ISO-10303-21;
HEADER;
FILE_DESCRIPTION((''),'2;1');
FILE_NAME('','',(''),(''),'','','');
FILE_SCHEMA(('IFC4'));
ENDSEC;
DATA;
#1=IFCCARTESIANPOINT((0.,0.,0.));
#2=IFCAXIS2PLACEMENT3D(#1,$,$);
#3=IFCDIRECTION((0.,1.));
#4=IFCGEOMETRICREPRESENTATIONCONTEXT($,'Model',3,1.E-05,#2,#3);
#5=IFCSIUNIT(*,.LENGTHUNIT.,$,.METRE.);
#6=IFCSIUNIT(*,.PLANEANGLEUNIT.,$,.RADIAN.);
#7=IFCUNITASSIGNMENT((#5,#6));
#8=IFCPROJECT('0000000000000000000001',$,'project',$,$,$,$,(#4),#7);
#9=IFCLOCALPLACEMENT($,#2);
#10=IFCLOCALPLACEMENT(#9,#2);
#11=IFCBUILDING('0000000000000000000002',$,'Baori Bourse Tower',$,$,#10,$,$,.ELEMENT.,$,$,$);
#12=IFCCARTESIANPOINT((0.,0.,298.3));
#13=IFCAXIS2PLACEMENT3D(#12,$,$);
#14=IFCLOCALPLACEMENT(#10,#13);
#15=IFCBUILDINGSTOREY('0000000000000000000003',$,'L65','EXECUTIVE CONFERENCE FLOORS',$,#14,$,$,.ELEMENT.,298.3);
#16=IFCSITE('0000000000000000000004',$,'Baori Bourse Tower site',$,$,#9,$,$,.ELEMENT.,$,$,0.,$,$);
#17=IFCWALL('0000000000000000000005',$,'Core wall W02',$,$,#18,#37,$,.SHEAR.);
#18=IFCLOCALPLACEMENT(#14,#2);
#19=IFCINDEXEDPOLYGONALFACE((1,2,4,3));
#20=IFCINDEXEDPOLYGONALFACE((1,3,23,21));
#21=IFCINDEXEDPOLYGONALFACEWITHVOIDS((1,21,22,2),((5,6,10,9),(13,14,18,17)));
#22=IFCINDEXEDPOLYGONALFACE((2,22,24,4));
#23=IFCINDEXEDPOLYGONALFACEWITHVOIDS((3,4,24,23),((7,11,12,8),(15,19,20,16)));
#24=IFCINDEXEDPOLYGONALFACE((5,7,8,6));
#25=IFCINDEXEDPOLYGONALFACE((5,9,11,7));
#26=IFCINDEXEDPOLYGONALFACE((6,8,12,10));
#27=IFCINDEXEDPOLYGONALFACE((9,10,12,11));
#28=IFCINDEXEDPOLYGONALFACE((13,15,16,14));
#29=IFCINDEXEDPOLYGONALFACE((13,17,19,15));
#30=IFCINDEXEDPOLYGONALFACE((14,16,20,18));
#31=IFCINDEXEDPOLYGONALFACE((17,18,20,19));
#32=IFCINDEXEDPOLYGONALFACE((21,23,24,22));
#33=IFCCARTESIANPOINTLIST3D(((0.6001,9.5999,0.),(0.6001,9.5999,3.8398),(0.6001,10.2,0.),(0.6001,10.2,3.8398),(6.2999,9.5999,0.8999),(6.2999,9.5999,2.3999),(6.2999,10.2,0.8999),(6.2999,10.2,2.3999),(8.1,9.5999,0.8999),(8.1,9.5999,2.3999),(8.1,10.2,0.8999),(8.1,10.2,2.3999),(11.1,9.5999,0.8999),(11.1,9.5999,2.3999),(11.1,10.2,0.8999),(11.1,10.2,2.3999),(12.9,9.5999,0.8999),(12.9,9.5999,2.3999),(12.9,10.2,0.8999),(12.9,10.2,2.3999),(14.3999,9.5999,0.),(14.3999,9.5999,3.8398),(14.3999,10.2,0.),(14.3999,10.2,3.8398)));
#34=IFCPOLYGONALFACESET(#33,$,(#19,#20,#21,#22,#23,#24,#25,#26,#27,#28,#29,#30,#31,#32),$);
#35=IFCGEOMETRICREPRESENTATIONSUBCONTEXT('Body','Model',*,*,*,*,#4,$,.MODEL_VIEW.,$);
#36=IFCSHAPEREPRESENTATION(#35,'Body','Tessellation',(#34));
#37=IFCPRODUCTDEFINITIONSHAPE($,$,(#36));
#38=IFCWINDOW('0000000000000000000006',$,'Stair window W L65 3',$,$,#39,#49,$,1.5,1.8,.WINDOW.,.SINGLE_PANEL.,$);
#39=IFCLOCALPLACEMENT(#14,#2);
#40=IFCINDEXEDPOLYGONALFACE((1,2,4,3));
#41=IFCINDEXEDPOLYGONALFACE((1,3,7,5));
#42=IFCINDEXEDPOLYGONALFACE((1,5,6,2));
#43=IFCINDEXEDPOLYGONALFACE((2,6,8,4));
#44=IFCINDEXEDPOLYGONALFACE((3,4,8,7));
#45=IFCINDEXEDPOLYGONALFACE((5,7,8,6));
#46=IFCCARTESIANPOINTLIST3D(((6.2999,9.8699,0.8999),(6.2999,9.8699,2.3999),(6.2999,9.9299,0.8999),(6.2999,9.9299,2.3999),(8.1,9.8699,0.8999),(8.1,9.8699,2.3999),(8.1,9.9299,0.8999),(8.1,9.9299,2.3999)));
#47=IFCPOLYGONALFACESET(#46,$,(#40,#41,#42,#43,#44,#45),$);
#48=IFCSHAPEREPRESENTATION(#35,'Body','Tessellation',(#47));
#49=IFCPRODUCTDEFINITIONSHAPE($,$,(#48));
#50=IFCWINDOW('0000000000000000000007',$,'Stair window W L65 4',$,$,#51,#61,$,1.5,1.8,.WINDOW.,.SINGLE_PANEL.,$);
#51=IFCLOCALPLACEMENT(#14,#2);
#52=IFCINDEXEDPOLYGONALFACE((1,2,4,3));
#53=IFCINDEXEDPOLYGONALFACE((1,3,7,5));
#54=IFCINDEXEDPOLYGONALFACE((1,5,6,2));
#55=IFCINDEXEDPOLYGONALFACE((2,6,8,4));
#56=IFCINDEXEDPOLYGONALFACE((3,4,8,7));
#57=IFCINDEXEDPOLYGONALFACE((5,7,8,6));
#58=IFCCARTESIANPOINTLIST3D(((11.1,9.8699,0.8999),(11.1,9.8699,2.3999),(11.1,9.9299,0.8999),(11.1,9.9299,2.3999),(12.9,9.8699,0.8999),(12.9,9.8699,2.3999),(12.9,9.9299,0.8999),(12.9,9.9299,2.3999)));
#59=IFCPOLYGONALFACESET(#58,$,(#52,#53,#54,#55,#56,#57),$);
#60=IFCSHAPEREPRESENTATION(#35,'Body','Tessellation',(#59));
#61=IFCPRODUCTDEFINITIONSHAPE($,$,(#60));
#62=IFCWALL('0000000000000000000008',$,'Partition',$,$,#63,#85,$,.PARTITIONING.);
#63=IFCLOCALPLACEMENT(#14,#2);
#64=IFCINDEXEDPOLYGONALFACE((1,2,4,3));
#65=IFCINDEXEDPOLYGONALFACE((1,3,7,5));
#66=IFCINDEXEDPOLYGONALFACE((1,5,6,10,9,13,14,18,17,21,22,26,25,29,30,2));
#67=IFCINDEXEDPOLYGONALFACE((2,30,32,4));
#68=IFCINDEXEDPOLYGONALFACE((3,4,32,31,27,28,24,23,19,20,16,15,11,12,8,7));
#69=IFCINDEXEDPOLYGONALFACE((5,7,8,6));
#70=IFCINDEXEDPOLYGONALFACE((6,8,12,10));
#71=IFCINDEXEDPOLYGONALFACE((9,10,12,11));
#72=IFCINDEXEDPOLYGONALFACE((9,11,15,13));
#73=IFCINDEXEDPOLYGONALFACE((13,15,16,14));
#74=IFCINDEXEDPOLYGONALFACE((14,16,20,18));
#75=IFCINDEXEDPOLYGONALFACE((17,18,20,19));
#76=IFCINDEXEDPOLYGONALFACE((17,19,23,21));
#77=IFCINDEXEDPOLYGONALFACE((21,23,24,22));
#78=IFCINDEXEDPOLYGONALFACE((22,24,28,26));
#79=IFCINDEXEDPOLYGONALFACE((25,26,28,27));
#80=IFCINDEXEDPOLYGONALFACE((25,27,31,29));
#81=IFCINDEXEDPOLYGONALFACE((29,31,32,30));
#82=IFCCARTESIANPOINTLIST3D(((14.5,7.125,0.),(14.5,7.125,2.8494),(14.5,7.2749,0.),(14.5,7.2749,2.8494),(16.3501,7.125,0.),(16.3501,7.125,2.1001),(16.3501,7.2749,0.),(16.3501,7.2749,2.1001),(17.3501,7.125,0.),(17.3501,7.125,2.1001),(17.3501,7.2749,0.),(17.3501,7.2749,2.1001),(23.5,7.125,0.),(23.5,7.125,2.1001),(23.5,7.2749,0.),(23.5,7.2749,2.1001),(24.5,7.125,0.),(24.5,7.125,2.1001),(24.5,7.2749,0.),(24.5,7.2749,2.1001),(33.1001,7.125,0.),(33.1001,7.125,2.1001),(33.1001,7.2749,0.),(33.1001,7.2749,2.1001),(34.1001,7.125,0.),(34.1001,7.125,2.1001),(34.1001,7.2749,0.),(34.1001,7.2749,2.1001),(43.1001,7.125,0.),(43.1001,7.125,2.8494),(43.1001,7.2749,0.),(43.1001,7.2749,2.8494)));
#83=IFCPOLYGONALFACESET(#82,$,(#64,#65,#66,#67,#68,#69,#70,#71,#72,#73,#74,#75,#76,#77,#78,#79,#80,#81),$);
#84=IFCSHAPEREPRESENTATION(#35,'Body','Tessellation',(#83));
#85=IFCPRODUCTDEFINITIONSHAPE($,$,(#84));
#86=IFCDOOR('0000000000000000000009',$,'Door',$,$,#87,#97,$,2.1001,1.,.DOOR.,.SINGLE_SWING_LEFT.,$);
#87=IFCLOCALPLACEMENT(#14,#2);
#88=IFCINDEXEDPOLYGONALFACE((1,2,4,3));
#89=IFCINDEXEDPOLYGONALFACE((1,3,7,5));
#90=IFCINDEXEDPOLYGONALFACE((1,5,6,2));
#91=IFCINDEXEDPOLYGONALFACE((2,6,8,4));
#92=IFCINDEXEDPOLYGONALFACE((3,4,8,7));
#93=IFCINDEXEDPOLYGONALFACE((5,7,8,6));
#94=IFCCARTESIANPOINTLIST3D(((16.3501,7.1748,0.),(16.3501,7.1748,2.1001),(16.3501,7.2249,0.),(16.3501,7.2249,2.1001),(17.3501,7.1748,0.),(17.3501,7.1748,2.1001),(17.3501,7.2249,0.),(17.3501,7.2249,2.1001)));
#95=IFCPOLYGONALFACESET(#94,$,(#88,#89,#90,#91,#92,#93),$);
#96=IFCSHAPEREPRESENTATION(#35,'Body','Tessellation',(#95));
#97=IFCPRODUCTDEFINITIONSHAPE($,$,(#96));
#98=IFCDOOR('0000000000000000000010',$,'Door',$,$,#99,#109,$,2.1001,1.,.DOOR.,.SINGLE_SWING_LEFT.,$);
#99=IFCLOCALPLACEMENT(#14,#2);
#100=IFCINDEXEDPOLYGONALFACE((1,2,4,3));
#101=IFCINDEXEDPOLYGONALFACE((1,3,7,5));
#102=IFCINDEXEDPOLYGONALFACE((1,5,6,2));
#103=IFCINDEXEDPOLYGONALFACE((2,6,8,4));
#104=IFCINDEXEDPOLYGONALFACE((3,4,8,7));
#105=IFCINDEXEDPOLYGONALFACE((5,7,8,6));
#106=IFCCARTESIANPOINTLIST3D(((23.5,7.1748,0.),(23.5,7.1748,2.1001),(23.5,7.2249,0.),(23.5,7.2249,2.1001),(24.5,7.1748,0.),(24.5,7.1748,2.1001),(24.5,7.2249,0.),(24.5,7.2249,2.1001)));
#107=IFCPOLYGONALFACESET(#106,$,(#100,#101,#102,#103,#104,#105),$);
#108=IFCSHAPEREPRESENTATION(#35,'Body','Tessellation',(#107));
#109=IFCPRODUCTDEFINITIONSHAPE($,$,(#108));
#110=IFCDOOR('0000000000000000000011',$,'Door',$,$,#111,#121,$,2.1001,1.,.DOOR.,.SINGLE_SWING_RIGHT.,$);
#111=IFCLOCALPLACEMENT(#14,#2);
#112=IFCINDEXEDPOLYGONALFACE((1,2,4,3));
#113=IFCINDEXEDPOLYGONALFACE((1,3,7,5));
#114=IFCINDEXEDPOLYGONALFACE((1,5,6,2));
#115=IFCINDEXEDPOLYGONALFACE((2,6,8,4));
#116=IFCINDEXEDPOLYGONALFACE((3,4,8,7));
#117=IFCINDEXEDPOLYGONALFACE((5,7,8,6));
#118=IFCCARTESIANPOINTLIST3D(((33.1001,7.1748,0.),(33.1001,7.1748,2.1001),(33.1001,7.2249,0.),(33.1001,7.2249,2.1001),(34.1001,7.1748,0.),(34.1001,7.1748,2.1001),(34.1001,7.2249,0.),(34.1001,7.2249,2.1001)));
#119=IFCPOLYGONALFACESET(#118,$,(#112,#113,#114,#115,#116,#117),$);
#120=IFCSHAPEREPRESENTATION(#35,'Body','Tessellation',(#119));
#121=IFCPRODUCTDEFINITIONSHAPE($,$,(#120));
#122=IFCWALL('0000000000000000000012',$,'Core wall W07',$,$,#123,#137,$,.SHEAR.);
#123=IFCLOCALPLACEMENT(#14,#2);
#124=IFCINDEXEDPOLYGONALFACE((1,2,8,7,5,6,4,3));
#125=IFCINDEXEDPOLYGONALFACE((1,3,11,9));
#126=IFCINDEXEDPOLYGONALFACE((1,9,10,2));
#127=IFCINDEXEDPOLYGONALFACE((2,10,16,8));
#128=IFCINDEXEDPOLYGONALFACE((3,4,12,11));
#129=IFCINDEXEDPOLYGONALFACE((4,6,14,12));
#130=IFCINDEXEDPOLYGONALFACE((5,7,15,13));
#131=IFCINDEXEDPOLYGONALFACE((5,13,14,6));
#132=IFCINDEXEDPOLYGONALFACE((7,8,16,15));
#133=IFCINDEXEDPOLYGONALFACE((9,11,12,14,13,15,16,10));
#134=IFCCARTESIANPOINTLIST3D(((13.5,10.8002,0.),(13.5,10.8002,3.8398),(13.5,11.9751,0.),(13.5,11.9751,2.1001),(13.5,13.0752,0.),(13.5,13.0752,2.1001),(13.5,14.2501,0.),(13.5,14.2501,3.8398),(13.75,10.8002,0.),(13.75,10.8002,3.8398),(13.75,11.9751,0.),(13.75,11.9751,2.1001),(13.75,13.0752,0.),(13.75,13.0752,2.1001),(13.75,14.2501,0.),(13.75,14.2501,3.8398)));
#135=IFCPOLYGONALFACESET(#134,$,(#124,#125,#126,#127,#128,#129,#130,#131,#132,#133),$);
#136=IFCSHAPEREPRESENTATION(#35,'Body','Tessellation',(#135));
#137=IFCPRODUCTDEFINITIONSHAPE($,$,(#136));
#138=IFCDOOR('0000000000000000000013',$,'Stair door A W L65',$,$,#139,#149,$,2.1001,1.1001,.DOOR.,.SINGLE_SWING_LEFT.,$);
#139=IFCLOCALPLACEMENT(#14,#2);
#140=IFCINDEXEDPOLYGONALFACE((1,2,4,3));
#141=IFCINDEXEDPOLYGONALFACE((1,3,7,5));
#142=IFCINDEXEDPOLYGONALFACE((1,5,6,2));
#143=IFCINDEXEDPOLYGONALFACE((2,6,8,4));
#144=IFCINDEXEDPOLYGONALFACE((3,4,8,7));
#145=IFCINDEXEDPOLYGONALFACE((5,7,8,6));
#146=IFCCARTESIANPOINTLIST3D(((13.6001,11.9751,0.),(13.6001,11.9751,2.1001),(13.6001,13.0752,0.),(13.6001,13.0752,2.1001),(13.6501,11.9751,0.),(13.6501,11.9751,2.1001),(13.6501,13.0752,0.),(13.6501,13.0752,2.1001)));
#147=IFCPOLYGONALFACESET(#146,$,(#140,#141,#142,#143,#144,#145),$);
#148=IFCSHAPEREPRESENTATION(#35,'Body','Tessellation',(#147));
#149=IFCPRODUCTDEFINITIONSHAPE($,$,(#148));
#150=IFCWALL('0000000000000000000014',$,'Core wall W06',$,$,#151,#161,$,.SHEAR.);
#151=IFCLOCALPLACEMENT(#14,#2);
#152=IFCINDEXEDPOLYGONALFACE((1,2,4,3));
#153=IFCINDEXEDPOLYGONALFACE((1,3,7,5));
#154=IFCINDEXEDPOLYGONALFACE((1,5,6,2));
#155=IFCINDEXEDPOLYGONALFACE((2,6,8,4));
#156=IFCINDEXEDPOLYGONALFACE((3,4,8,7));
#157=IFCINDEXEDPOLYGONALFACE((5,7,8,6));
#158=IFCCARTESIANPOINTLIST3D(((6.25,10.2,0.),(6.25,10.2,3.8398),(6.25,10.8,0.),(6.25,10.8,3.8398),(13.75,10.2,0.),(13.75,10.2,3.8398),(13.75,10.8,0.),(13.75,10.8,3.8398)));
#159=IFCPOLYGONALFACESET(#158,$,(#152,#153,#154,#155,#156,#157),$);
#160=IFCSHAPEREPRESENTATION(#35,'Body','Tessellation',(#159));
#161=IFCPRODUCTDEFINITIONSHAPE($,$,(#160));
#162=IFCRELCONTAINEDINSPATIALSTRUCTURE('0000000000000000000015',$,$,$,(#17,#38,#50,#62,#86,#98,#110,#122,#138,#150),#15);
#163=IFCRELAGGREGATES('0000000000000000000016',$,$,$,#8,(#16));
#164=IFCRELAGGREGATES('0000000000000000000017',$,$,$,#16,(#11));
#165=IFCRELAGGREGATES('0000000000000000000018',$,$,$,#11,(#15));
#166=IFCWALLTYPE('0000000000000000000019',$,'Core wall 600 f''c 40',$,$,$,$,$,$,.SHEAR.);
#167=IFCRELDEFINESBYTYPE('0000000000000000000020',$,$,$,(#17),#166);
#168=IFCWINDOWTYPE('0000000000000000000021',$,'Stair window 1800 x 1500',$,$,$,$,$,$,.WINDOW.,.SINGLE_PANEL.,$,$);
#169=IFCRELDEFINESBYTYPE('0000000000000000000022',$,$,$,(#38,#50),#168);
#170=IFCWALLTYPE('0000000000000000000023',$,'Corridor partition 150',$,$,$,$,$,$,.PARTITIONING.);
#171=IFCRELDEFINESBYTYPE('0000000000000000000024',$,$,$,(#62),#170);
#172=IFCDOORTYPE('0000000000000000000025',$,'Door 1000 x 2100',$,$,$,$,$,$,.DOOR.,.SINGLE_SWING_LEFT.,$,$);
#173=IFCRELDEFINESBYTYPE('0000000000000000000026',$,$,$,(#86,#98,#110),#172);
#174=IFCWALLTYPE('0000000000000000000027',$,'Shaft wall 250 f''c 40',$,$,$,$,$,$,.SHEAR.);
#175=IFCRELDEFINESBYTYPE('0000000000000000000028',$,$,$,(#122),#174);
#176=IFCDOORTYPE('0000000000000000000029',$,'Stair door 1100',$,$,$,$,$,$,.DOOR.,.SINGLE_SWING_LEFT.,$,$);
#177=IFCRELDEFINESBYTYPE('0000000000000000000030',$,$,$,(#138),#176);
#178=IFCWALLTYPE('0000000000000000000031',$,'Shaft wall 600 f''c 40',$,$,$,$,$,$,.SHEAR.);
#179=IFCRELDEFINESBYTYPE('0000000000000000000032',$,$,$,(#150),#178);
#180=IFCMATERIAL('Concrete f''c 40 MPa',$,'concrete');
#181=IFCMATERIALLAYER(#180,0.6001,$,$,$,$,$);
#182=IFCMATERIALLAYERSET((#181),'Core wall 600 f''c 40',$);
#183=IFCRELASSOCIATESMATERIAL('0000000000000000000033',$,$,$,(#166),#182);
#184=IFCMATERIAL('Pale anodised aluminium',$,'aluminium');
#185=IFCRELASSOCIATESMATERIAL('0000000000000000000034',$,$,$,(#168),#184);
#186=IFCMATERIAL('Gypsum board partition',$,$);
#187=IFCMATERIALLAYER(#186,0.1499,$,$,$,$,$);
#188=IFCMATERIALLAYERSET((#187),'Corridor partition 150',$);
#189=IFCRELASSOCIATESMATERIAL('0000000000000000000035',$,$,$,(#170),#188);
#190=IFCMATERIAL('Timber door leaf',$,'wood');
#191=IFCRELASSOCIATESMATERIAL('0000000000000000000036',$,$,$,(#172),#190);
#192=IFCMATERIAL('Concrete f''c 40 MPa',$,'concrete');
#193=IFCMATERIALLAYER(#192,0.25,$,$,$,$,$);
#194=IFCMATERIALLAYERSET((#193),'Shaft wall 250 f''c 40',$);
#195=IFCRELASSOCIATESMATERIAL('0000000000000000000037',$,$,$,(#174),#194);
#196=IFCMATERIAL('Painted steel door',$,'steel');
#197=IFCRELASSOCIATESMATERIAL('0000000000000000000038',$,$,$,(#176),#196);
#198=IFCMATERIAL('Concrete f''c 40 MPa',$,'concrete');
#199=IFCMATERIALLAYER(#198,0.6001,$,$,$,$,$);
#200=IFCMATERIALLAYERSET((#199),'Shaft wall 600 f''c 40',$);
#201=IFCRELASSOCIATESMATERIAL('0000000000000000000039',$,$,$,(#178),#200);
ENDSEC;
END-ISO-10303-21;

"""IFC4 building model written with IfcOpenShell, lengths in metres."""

from ifc_helpers import new_model, si_unit, direction, frame, frame_2d, origin, place, context, subcontext, project, spatial, rectangle, extrude, material, layer, layer_set, type_object, element, fill, save


model = new_model("IFC4")

# Units and contexts
model_context = context("Model", 3, precision=1e-05, world=origin(), true_north=direction((0.0, 1.0)))
body_context = subcontext(model_context, "Body", "Model", "MODEL_VIEW")
ifc_project = project(units=[si_unit("LENGTHUNIT", "METRE"), si_unit("PLANEANGLEUNIT", "RADIAN")], contexts=[model_context])

# Site, building, storey
site_placement = place(None, origin())
site = spatial("IfcSite", under=ifc_project, at=site_placement, Name="Baori Bourse Tower site", CompositionType="ELEMENT", RefElevation=0.0)
building_placement = place(site_placement, origin())
building = spatial("IfcBuilding", under=site, at=building_placement, Name="Baori Bourse Tower", CompositionType="ELEMENT")
storey_placement = place(building_placement, frame((0.0, 0.0, 298.3)))
storey = spatial("IfcBuildingStorey", under=building, at=storey_placement, Name="L65", Description="EXECUTIVE CONFERENCE FLOORS", CompositionType="ELEMENT", Elevation=298.3)

# Wall, openings, windows
ifc_material_1 = material(Name="Concrete f'c 40 MPa", Category="concrete")
ifc_layer_1 = layer(ifc_material_1, 0.6001)
ifc_layer_set_1 = layer_set([ifc_layer_1], Name="Core wall 600 f'c 40")
wall_type_1 = type_object("IfcWallType", Name="Core wall 600 f'c 40", PredefinedType="SHEAR", material=ifc_layer_set_1)
wall_1_placement = place(storey_placement, frame((14.3999, 9.8999, 0.0), z_axis=(0.0, 0.0, 1.0), x_axis=(-1.0, 0.0, 0.0)))
wall_1 = element("IfcWall", 1, at=wall_1_placement, inside=storey, type_object=wall_type_1, Name="Core wall W02", PredefinedType="SHEAR", context=body_context, shape_type="SweptSolid", body=[
    extrude(rectangle(XDim=13.7998, YDim=0.6001, at=frame_2d((6.8999, 0.0))), origin(), (0.0, 0.0, 1.0), 3.8398),
])
opening_1_placement = place(wall_1_placement, frame((6.3, 0.0, 0.8999)))
opening_1 = element("IfcOpeningElement", 2, at=opening_1_placement, cuts=wall_1, PredefinedType="OPENING", context=body_context, shape_type="SweptSolid", body=[
    extrude(rectangle(XDim=1.8, YDim=1.5, at=frame_2d((0.8999, 0.75))), frame((0.0, 0.3101, 0.0), z_axis=(0.0, -1.0, 0.0), x_axis=(1.0, 0.0, 0.0)), (0.0, 0.0, 1.0), 0.6201),
])
opening_2_placement = place(wall_1_placement, frame((1.5, 0.0, 0.8999)))
opening_2 = element("IfcOpeningElement", 3, at=opening_2_placement, cuts=wall_1, PredefinedType="OPENING", context=body_context, shape_type="SweptSolid", body=[
    extrude(rectangle(XDim=1.8, YDim=1.5, at=frame_2d((0.8999, 0.75))), frame((0.0, 0.3101, 0.0), z_axis=(0.0, -1.0, 0.0), x_axis=(1.0, 0.0, 0.0)), (0.0, 0.0, 1.0), 0.6201),
])
ifc_material_2 = material(Name="Pale anodised aluminium", Category="aluminium")
window_type = type_object("IfcWindowType", Name="Stair window 1800 x 1500", PartitioningType="SINGLE_PANEL", PredefinedType="WINDOW", material=ifc_material_2)
window_1_placement = place(opening_1_placement, origin())
window_1 = element("IfcWindow", 4, at=window_1_placement, inside=storey, type_object=window_type, Name="Stair window W L65 3", OverallHeight=1.5, OverallWidth=1.8, PartitioningType="SINGLE_PANEL", PredefinedType="WINDOW", context=body_context, shape_type="SweptSolid", body=[
    extrude(rectangle(XDim=1.8, YDim=1.5, at=frame_2d((0.8999, 0.75))), frame((0.0, 0.03, 0.0), z_axis=(0.0, -1.0, 0.0), x_axis=(1.0, 0.0, 0.0)), (0.0, 0.0, 1.0), 0.0601),
])
fill(opening_1, window_1)
window_2_placement = place(opening_2_placement, origin())
window_2 = element("IfcWindow", 5, at=window_2_placement, inside=storey, type_object=window_type, Name="Stair window W L65 4", OverallHeight=1.5, OverallWidth=1.8, PartitioningType="SINGLE_PANEL", PredefinedType="WINDOW", context=body_context, shape_type="SweptSolid", body=[
    extrude(rectangle(XDim=1.8, YDim=1.5, at=frame_2d((0.8999, 0.75))), frame((0.0, 0.03, 0.0), z_axis=(0.0, -1.0, 0.0), x_axis=(1.0, 0.0, 0.0)), (0.0, 0.0, 1.0), 0.0601),
])
fill(opening_2, window_2)

# Wall, openings, doors
ifc_material_3 = material(Name="Gypsum board partition")
ifc_layer_2 = layer(ifc_material_3, 0.1499)
ifc_layer_set_2 = layer_set([ifc_layer_2], Name="Corridor partition 150")
wall_type_2 = type_object("IfcWallType", Name="Corridor partition 150", PredefinedType="PARTITIONING", material=ifc_layer_set_2)
wall_2_placement = place(storey_placement, frame((14.5, 7.2, 0.0), z_axis=(0.0, 0.0, 1.0), x_axis=(1.0, 0.0, 0.0)))
wall_2 = element("IfcWall", 6, at=wall_2_placement, inside=storey, type_object=wall_type_2, Name="Partition", PredefinedType="PARTITIONING", context=body_context, shape_type="SweptSolid", body=[
    extrude(rectangle(XDim=28.6001, YDim=0.1499, at=frame_2d((14.3, 0.0))), origin(), (0.0, 0.0, 1.0), 2.8494),
])
opening_3_placement = place(wall_2_placement, frame((1.8501, 0.0, 0.0)))
opening_3 = element("IfcOpeningElement", 7, at=opening_3_placement, cuts=wall_2, PredefinedType="OPENING", context=body_context, shape_type="SweptSolid", body=[
    extrude(rectangle(XDim=1.0, YDim=2.1001, at=frame_2d((0.5, 1.05))), frame((0.0, 0.085, 0.0), z_axis=(0.0, -1.0, 0.0), x_axis=(1.0, 0.0, 0.0)), (0.0, 0.0, 1.0), 0.1699),
])
opening_4_placement = place(wall_2_placement, frame((9.0, 0.0, 0.0)))
opening_4 = element("IfcOpeningElement", 8, at=opening_4_placement, cuts=wall_2, PredefinedType="OPENING", context=body_context, shape_type="SweptSolid", body=[
    extrude(rectangle(XDim=1.0, YDim=2.1001, at=frame_2d((0.5, 1.05))), frame((0.0, 0.085, 0.0), z_axis=(0.0, -1.0, 0.0), x_axis=(1.0, 0.0, 0.0)), (0.0, 0.0, 1.0), 0.1699),
])
opening_5_placement = place(wall_2_placement, frame((18.6001, 0.0, 0.0)))
opening_5 = element("IfcOpeningElement", 9, at=opening_5_placement, cuts=wall_2, PredefinedType="OPENING", context=body_context, shape_type="SweptSolid", body=[
    extrude(rectangle(XDim=1.0, YDim=2.1001, at=frame_2d((0.5, 1.05))), frame((0.0, 0.085, 0.0), z_axis=(0.0, -1.0, 0.0), x_axis=(1.0, 0.0, 0.0)), (0.0, 0.0, 1.0), 0.1699),
])
ifc_material_4 = material(Name="Timber door leaf", Category="wood")
door_type_1 = type_object("IfcDoorType", Name="Door 1000 x 2100", OperationType="SINGLE_SWING_LEFT", PredefinedType="DOOR", material=ifc_material_4)
door_1_placement = place(opening_3_placement, origin())
door_1 = element("IfcDoor", 10, at=door_1_placement, inside=storey, type_object=door_type_1, Name="Door", OperationType="SINGLE_SWING_LEFT", OverallHeight=2.1001, OverallWidth=1.0, PredefinedType="DOOR", context=body_context, shape_type="SweptSolid", body=[
    extrude(rectangle(XDim=1.0, YDim=2.1001, at=frame_2d((0.5, 1.05))), frame((0.0, 0.0249, 0.0), z_axis=(0.0, -1.0, 0.0), x_axis=(1.0, 0.0, 0.0)), (0.0, 0.0, 1.0), 0.05),
])
fill(opening_3, door_1)
door_2_placement = place(opening_4_placement, origin())
door_2 = element("IfcDoor", 11, at=door_2_placement, inside=storey, type_object=door_type_1, Name="Door", OperationType="SINGLE_SWING_LEFT", OverallHeight=2.1001, OverallWidth=1.0, PredefinedType="DOOR", context=body_context, shape_type="SweptSolid", body=[
    extrude(rectangle(XDim=1.0, YDim=2.1001, at=frame_2d((0.5, 1.05))), frame((0.0, 0.0249, 0.0), z_axis=(0.0, -1.0, 0.0), x_axis=(1.0, 0.0, 0.0)), (0.0, 0.0, 1.0), 0.05),
])
fill(opening_4, door_2)
door_3_placement = place(opening_5_placement, origin())
door_3 = element("IfcDoor", 12, at=door_3_placement, inside=storey, type_object=door_type_1, Name="Door", OperationType="SINGLE_SWING_RIGHT", OverallHeight=2.1001, OverallWidth=1.0, PredefinedType="DOOR", context=body_context, shape_type="SweptSolid", body=[
    extrude(rectangle(XDim=1.0, YDim=2.1001, at=frame_2d((0.5, 1.05))), frame((0.0, 0.0249, 0.0), z_axis=(0.0, -1.0, 0.0), x_axis=(1.0, 0.0, 0.0)), (0.0, 0.0, 1.0), 0.05),
])
fill(opening_5, door_3)

# Wall, opening, door
ifc_material_5 = material(Name="Concrete f'c 40 MPa", Category="concrete")
ifc_layer_3 = layer(ifc_material_5, 0.25)
ifc_layer_set_3 = layer_set([ifc_layer_3], Name="Shaft wall 250 f'c 40")
wall_type_3 = type_object("IfcWallType", Name="Shaft wall 250 f'c 40", PredefinedType="SHEAR", material=ifc_layer_set_3)
wall_3_placement = place(storey_placement, frame((13.625, 10.8, 0.0), z_axis=(0.0, 0.0, 1.0), x_axis=(0.0, 1.0, 0.0)))
wall_3 = element("IfcWall", 13, at=wall_3_placement, inside=storey, type_object=wall_type_3, Name="Core wall W07", PredefinedType="SHEAR", context=body_context, shape_type="SweptSolid", body=[
    extrude(rectangle(XDim=3.45, YDim=0.25, at=frame_2d((1.7251, 0.0))), origin(), (0.0, 0.0, 1.0), 3.8398),
])
opening_6_placement = place(wall_3_placement, frame((1.175, 0.0, 0.0)))
opening_6 = element("IfcOpeningElement", 14, at=opening_6_placement, cuts=wall_3, PredefinedType="OPENING", context=body_context, shape_type="SweptSolid", body=[
    extrude(rectangle(XDim=1.1001, YDim=2.1001, at=frame_2d((0.55, 1.05))), frame((0.0, 0.135, 0.0), z_axis=(0.0, -1.0, 0.0), x_axis=(1.0, 0.0, 0.0)), (0.0, 0.0, 1.0), 0.27),
])
ifc_material_6 = material(Name="Painted steel door", Category="steel")
door_type_2 = type_object("IfcDoorType", Name="Stair door 1100", OperationType="SINGLE_SWING_LEFT", PredefinedType="DOOR", material=ifc_material_6)
door_4_placement = place(opening_6_placement, origin())
door_4 = element("IfcDoor", 15, at=door_4_placement, inside=storey, type_object=door_type_2, Name="Stair door A W L65", OperationType="SINGLE_SWING_LEFT", OverallHeight=2.1001, OverallWidth=1.1001, PredefinedType="DOOR", context=body_context, shape_type="SweptSolid", body=[
    extrude(rectangle(XDim=1.1001, YDim=2.1001, at=frame_2d((0.55, 1.05))), frame((0.0, 0.0249, 0.0), z_axis=(0.0, -1.0, 0.0), x_axis=(1.0, 0.0, 0.0)), (0.0, 0.0, 1.0), 0.05),
])
fill(opening_6, door_4)

# Wall
ifc_material_7 = material(Name="Concrete f'c 40 MPa", Category="concrete")
ifc_layer_4 = layer(ifc_material_7, 0.6001)
ifc_layer_set_4 = layer_set([ifc_layer_4], Name="Shaft wall 600 f'c 40")
wall_type_4 = type_object("IfcWallType", Name="Shaft wall 600 f'c 40", PredefinedType="SHEAR", material=ifc_layer_set_4)
wall_4_placement = place(storey_placement, frame((6.25, 10.5, 0.0), z_axis=(0.0, 0.0, 1.0), x_axis=(1.0, 0.0, 0.0)))
element("IfcWall", 16, at=wall_4_placement, inside=storey, type_object=wall_type_4, Name="Core wall W06", PredefinedType="SHEAR", context=body_context, shape_type="SweptSolid", body=[
    extrude(rectangle(XDim=7.5, YDim=0.6001, at=frame_2d((3.75, 0.0))), origin(), (0.0, 0.0, 1.0), 3.8398),
])

save(model, "model.ifc")
